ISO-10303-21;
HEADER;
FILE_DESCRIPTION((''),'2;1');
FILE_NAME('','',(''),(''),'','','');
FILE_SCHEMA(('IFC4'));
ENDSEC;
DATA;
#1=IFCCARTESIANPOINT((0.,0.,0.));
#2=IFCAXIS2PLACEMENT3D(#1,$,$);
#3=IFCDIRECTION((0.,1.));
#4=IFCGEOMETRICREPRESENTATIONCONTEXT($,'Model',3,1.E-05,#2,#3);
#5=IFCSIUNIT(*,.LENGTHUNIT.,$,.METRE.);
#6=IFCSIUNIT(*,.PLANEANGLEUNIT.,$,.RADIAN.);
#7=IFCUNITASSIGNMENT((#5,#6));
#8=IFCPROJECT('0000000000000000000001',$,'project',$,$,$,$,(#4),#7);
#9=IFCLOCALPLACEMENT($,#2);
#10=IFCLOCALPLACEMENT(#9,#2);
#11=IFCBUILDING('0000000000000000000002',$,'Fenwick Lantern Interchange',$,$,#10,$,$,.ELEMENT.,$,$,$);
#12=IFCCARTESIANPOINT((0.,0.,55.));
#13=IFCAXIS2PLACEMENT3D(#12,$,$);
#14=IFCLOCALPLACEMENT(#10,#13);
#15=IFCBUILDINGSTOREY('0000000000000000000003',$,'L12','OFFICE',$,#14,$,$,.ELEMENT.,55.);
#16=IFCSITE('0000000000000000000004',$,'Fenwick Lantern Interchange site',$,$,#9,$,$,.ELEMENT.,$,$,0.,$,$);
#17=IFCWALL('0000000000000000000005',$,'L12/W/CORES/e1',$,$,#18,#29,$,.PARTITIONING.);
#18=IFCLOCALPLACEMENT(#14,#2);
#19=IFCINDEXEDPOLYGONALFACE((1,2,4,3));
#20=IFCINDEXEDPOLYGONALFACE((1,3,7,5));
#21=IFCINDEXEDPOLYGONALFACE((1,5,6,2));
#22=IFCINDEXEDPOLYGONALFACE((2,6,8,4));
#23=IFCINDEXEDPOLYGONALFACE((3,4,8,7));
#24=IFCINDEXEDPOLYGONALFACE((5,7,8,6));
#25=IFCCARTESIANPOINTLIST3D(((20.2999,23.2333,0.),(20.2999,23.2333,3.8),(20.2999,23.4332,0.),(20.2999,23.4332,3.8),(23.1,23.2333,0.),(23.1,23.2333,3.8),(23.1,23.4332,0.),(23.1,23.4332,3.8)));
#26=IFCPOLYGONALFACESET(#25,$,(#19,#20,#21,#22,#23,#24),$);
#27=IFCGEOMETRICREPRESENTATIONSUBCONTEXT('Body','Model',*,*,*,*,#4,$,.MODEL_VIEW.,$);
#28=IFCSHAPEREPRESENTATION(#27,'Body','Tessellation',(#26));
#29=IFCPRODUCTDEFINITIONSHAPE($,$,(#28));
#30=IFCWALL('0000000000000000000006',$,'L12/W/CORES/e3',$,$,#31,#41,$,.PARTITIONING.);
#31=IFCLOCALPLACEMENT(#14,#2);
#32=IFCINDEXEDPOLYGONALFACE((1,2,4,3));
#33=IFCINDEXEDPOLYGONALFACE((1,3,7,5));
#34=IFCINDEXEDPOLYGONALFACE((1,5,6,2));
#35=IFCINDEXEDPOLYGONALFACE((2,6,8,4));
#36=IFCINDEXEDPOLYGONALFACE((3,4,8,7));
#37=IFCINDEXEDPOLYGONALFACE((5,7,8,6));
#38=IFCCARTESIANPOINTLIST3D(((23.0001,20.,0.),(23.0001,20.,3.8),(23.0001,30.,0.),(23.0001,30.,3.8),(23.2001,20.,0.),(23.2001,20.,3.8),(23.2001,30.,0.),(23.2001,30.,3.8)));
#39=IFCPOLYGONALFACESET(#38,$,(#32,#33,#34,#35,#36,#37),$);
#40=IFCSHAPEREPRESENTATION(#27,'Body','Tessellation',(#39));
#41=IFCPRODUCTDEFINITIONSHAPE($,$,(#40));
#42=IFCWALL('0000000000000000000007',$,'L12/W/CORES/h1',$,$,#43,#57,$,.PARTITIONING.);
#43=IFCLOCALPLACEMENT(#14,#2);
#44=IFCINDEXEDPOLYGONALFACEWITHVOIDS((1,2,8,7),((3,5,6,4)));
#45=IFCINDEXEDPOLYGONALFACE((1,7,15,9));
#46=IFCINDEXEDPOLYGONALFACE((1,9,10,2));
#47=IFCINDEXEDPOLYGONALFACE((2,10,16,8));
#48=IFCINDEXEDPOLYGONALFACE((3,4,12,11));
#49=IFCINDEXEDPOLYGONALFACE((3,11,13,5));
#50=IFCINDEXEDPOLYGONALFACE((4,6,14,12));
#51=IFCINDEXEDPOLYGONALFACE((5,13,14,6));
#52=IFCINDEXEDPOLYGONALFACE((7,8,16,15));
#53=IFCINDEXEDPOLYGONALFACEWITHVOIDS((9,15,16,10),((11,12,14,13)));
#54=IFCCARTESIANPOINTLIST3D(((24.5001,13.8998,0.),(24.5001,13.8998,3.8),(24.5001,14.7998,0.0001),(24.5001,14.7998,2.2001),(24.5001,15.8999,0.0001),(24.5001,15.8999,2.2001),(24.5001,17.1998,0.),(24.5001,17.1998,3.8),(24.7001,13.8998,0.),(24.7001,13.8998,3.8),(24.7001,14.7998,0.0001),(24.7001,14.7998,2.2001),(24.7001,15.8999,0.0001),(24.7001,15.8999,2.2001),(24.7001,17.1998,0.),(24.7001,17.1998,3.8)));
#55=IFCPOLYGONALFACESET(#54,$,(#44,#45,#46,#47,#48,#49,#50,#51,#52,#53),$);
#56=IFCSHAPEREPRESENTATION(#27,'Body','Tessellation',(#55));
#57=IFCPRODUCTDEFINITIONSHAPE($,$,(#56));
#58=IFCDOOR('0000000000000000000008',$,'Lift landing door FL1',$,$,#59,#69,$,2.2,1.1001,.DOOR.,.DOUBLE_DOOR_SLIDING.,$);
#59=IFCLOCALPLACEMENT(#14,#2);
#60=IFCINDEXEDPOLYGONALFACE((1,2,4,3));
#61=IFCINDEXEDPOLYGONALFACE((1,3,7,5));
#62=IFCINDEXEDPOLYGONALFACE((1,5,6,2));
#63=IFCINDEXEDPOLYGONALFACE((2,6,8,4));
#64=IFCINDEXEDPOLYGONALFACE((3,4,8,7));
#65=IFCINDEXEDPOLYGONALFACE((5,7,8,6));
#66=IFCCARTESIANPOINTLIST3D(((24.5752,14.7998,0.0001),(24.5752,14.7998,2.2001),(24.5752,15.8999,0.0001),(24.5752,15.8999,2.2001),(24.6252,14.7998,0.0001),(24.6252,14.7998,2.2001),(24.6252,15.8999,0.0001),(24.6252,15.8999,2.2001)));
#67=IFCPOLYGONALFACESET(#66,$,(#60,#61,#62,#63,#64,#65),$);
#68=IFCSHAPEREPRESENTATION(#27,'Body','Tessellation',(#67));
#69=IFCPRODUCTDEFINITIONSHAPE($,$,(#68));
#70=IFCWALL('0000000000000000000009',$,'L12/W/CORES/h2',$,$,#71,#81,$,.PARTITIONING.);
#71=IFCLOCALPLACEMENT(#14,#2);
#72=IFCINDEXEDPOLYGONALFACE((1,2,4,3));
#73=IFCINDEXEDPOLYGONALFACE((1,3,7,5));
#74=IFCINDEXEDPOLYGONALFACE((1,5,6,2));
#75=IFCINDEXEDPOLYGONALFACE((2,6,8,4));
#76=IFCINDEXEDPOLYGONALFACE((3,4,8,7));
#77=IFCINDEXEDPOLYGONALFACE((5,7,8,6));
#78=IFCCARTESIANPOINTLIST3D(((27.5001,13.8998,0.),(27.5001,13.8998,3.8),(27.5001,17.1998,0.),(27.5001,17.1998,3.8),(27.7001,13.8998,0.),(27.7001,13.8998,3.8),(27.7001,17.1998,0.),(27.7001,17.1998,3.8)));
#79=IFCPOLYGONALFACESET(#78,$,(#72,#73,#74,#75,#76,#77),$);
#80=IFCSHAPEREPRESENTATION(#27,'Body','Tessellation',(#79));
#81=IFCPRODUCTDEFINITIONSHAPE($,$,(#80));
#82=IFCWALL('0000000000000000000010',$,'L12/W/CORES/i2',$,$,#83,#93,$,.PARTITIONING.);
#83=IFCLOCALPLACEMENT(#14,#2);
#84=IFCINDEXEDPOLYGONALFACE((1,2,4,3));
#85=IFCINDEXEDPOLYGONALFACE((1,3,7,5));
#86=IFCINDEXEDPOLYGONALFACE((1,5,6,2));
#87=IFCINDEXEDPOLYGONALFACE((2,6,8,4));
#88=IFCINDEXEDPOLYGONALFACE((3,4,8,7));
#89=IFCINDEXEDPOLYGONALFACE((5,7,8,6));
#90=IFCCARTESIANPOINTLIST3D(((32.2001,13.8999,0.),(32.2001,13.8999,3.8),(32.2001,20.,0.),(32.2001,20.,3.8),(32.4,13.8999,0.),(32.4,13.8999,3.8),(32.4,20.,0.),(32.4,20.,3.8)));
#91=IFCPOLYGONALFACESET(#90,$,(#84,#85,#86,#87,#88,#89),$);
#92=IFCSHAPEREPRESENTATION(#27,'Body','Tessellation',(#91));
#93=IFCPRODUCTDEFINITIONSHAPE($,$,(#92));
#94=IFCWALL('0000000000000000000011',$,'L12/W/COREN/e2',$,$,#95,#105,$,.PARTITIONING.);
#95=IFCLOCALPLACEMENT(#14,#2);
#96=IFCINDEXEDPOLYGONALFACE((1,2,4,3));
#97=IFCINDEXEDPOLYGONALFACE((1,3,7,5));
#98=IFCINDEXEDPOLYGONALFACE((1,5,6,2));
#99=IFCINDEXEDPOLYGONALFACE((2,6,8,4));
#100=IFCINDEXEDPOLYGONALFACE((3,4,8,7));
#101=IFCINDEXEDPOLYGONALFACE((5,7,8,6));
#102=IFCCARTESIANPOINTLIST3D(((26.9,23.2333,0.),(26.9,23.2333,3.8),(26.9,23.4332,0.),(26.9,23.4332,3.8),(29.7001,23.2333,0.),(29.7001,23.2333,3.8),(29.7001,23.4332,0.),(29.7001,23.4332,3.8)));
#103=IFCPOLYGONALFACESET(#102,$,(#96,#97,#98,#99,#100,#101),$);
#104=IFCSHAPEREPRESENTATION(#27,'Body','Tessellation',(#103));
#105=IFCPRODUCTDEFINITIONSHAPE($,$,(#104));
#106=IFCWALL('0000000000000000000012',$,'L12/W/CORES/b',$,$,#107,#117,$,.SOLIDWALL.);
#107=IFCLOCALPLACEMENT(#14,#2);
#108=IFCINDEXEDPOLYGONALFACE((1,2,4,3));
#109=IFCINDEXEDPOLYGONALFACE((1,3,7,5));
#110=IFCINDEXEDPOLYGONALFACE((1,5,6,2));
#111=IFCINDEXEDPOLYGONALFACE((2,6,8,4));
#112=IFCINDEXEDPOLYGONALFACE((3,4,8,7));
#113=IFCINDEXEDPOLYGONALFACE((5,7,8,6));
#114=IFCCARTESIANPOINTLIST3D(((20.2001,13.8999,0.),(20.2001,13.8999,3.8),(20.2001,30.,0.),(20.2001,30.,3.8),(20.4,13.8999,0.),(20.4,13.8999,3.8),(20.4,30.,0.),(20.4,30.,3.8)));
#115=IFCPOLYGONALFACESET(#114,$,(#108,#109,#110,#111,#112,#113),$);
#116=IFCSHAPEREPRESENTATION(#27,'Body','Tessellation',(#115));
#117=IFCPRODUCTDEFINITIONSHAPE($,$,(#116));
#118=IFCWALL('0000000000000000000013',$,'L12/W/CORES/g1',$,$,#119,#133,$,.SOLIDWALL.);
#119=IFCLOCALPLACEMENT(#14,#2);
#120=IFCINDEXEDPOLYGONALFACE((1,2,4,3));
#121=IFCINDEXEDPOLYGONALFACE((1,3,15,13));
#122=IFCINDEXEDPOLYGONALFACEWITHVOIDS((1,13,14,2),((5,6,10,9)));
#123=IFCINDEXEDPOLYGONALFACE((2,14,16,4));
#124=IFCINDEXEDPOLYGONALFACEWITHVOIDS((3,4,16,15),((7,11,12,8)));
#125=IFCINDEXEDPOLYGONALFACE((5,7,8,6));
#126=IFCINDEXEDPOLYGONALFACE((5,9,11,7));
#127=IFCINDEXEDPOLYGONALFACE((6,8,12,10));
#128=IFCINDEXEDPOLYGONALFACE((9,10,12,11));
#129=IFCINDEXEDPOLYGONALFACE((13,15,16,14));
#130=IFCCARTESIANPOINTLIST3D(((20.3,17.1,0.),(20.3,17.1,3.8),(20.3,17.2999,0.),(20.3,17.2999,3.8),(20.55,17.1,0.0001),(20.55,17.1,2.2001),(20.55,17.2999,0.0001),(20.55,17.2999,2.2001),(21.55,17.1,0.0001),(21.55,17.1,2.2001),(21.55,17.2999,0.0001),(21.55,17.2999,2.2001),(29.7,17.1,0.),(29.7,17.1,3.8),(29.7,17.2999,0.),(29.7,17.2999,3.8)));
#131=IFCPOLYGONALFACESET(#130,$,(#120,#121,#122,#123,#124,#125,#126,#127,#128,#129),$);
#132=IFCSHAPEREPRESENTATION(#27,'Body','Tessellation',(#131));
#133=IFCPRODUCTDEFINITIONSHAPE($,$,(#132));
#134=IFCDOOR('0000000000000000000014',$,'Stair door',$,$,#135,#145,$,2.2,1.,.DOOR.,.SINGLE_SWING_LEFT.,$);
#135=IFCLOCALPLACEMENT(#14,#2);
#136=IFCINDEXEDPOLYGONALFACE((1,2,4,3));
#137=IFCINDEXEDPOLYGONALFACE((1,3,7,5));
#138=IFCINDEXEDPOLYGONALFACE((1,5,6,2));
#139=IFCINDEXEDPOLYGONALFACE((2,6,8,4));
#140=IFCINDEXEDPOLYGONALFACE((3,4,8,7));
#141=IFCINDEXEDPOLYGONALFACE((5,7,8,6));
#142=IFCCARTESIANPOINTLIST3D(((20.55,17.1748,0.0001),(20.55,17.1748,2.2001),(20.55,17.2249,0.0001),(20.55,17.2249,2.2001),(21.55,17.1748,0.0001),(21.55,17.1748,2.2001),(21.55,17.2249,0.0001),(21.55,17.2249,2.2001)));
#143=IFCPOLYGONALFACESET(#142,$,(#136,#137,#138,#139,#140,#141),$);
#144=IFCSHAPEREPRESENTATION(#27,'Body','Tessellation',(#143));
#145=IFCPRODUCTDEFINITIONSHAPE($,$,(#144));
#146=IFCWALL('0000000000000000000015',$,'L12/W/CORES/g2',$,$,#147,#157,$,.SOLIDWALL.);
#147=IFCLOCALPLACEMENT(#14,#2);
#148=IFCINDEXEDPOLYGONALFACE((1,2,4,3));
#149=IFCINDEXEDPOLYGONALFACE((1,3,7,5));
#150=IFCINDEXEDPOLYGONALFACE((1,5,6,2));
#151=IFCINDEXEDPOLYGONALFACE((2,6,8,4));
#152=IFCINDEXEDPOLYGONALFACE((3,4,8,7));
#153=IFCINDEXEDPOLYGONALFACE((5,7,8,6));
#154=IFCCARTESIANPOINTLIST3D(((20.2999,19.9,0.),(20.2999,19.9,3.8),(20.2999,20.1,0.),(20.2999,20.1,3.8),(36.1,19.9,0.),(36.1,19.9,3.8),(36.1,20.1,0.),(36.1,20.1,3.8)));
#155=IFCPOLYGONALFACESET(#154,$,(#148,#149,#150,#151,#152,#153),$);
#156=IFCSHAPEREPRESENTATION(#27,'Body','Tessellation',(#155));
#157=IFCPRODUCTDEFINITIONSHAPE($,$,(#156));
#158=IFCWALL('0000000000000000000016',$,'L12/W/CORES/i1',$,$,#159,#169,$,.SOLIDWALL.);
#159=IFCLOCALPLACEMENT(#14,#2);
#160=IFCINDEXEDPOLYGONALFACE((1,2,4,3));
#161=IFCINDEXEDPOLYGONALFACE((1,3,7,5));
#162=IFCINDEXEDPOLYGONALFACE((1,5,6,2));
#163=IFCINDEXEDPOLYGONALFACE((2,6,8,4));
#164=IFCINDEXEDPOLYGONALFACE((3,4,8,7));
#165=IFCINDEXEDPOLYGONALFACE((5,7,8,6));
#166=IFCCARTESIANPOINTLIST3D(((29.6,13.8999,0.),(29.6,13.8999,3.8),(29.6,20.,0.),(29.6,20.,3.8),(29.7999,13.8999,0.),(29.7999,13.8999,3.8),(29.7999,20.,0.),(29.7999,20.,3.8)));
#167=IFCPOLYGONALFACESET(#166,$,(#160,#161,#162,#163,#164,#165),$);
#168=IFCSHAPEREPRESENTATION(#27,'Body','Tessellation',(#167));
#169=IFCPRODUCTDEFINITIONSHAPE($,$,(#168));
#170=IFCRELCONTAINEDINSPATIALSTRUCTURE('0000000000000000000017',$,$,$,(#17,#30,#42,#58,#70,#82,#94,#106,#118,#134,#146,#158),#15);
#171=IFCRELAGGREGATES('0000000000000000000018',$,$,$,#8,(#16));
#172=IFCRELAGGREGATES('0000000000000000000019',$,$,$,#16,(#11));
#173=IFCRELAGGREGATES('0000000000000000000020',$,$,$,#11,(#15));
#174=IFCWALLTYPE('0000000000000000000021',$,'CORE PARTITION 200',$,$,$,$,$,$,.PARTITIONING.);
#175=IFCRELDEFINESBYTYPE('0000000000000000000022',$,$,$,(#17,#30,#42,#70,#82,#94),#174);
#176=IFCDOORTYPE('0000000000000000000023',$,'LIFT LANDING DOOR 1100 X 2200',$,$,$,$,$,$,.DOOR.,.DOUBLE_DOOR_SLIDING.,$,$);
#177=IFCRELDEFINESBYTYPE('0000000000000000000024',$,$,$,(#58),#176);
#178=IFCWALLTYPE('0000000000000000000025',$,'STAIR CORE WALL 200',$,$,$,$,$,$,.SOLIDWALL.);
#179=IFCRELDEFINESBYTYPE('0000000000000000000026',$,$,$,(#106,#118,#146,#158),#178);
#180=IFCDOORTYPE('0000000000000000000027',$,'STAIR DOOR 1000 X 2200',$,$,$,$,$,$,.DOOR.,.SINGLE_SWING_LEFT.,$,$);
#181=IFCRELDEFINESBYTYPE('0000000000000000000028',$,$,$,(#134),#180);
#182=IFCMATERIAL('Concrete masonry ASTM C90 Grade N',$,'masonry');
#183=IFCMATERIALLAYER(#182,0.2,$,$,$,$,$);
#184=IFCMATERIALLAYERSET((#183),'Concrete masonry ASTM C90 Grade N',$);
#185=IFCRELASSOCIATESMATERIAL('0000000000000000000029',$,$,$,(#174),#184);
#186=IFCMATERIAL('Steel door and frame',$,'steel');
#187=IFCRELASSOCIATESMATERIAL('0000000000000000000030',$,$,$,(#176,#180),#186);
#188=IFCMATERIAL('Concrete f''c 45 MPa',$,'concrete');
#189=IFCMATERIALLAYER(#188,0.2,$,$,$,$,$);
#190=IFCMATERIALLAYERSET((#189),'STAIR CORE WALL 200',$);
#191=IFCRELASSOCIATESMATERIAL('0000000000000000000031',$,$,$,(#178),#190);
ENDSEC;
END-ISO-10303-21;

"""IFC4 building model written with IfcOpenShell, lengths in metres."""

from ifc_helpers import new_model, si_unit, direction, frame, frame_2d, origin, place, context, subcontext, project, spatial, rectangle, extrude, material, layer, layer_set, type_object, element, fill, save


model = new_model("IFC4")

# Units and contexts
model_context = context("Model", 3, precision=1e-05, world=origin(), true_north=direction((0.0, 1.0)))
body_context = subcontext(model_context, "Body", "Model", "MODEL_VIEW")
ifc_project = project(units=[si_unit("LENGTHUNIT", "METRE"), si_unit("PLANEANGLEUNIT", "RADIAN")], contexts=[model_context])

# Site, building, storey
site_placement = place(None, origin())
site = spatial("IfcSite", under=ifc_project, at=site_placement, Name="Fenwick Lantern Interchange site", CompositionType="ELEMENT", RefElevation=0.0)
building_placement = place(site_placement, origin())
building = spatial("IfcBuilding", under=site, at=building_placement, Name="Fenwick Lantern Interchange", CompositionType="ELEMENT")
storey_placement = place(building_placement, frame((0.0, 0.0, 55.0)))
storey = spatial("IfcBuildingStorey", under=building, at=storey_placement, Name="L12", Description="OFFICE", CompositionType="ELEMENT", Elevation=55.0)

# Walls
ifc_material_1 = material(Name="Concrete masonry ASTM C90 Grade N", Category="masonry")
ifc_layer_1 = layer(ifc_material_1, 0.2)
ifc_layer_set_1 = layer_set([ifc_layer_1], Name="Concrete masonry ASTM C90 Grade N")
wall_type_1 = type_object("IfcWallType", Name="CORE PARTITION 200", PredefinedType="PARTITIONING", material=ifc_layer_set_1)
wall_1_placement = place(storey_placement, frame((20.3, 23.3333, 0.0), z_axis=(0.0, 0.0, 1.0), x_axis=(1.0, 0.0, 0.0)))
element("IfcWall", 1, at=wall_1_placement, inside=storey, type_object=wall_type_1, Name="L12/W/CORES/e1", PredefinedType="PARTITIONING", context=body_context, shape_type="SweptSolid", body=[
    extrude(rectangle(XDim=2.8, YDim=0.2, at=frame_2d((1.3999, 0.0))), origin(), (0.0, 0.0, 1.0), 3.8),
])
wall_2_placement = place(storey_placement, frame((23.1001, 20.0, 0.0), z_axis=(0.0, 0.0, 1.0), x_axis=(0.0, 1.0, 0.0)))
element("IfcWall", 2, at=wall_2_placement, inside=storey, type_object=wall_type_1, Name="L12/W/CORES/e3", PredefinedType="PARTITIONING", context=body_context, shape_type="SweptSolid", body=[
    extrude(rectangle(XDim=10.0, YDim=0.2, at=frame_2d((5.0, 0.0))), origin(), (0.0, 0.0, 1.0), 3.8),
])

# Wall, opening, door
wall_3_placement = place(storey_placement, frame((24.6001, 13.8999, 0.0), z_axis=(0.0, 0.0, 1.0), x_axis=(0.0, 1.0, 0.0)))
wall_3 = element("IfcWall", 3, at=wall_3_placement, inside=storey, type_object=wall_type_1, Name="L12/W/CORES/h1", PredefinedType="PARTITIONING", context=body_context, shape_type="SweptSolid", body=[
    extrude(rectangle(XDim=3.3, YDim=0.2, at=frame_2d((1.6499, 0.0))), origin(), (0.0, 0.0, 1.0), 3.8),
])
opening_1_placement = place(wall_3_placement, frame((0.8999, 0.0, 0.0)))
opening_1 = element("IfcOpeningElement", 4, at=opening_1_placement, cuts=wall_3, PredefinedType="OPENING", context=body_context, shape_type="SweptSolid", body=[
    extrude(rectangle(XDim=1.1001, YDim=2.2, at=frame_2d((0.55, 1.1001))), frame((0.0, 0.1099, 0.0), z_axis=(0.0, -1.0, 0.0), x_axis=(1.0, 0.0, 0.0)), (0.0, 0.0, 1.0), 0.22),
])
ifc_material_2 = material(Name="Steel door and frame", Category="steel")
door_type_1 = type_object("IfcDoorType", Name="LIFT LANDING DOOR 1100 X 2200", OperationType="DOUBLE_DOOR_SLIDING", PredefinedType="DOOR", material=ifc_material_2)
door_1_placement = place(opening_1_placement, origin())
door_1 = element("IfcDoor", 5, at=door_1_placement, inside=storey, type_object=door_type_1, Name="Lift landing door FL1", OperationType="DOUBLE_DOOR_SLIDING", OverallHeight=2.2, OverallWidth=1.1001, PredefinedType="DOOR", context=body_context, shape_type="SweptSolid", body=[
    extrude(rectangle(XDim=1.1001, YDim=2.2, at=frame_2d((0.55, 1.1001))), frame((0.0, 0.0249, 0.0), z_axis=(0.0, -1.0, 0.0), x_axis=(1.0, 0.0, 0.0)), (0.0, 0.0, 1.0), 0.05),
])
fill(opening_1, door_1)

# Walls
wall_4_placement = place(storey_placement, frame((27.6001, 13.8999, 0.0), z_axis=(0.0, 0.0, 1.0), x_axis=(0.0, 1.0, 0.0)))
element("IfcWall", 6, at=wall_4_placement, inside=storey, type_object=wall_type_1, Name="L12/W/CORES/h2", PredefinedType="PARTITIONING", context=body_context, shape_type="SweptSolid", body=[
    extrude(rectangle(XDim=3.3, YDim=0.2, at=frame_2d((1.6499, 0.0))), origin(), (0.0, 0.0, 1.0), 3.8),
])
wall_5_placement = place(storey_placement, frame((32.3, 13.8999, 0.0), z_axis=(0.0, 0.0, 1.0), x_axis=(0.0, 1.0, 0.0)))
element("IfcWall", 7, at=wall_5_placement, inside=storey, type_object=wall_type_1, Name="L12/W/CORES/i2", PredefinedType="PARTITIONING", context=body_context, shape_type="SweptSolid", body=[
    extrude(rectangle(XDim=6.1001, YDim=0.2, at=frame_2d((3.05, 0.0))), origin(), (0.0, 0.0, 1.0), 3.8),
])
wall_6_placement = place(storey_placement, frame((29.7, 23.3333, 0.0), z_axis=(0.0, 0.0, 1.0), x_axis=(-1.0, 0.0, 0.0)))
element("IfcWall", 8, at=wall_6_placement, inside=storey, type_object=wall_type_1, Name="L12/W/COREN/e2", PredefinedType="PARTITIONING", context=body_context, shape_type="SweptSolid", body=[
    extrude(rectangle(XDim=2.8, YDim=0.2, at=frame_2d((1.3999, 0.0))), origin(), (0.0, 0.0, 1.0), 3.8),
])
ifc_material_3 = material(Name="Concrete f'c 45 MPa", Category="concrete")
ifc_layer_2 = layer(ifc_material_3, 0.2)
ifc_layer_set_2 = layer_set([ifc_layer_2], Name="STAIR CORE WALL 200")
wall_type_2 = type_object("IfcWallType", Name="STAIR CORE WALL 200", PredefinedType="SOLIDWALL", material=ifc_layer_set_2)
wall_7_placement = place(storey_placement, frame((20.3, 13.8999, 0.0), z_axis=(0.0, 0.0, 1.0), x_axis=(0.0, 1.0, 0.0)))
element("IfcWall", 9, at=wall_7_placement, inside=storey, type_object=wall_type_2, Name="L12/W/CORES/b", PredefinedType="SOLIDWALL", context=body_context, shape_type="SweptSolid", body=[
    extrude(rectangle(XDim=16.1001, YDim=0.2, at=frame_2d((8.05, 0.0))), origin(), (0.0, 0.0, 1.0), 3.8),
])

# Wall, opening, door
wall_8_placement = place(storey_placement, frame((20.3, 17.2, 0.0), z_axis=(0.0, 0.0, 1.0), x_axis=(1.0, 0.0, 0.0)))
wall_8 = element("IfcWall", 10, at=wall_8_placement, inside=storey, type_object=wall_type_2, Name="L12/W/CORES/g1", PredefinedType="SOLIDWALL", context=body_context, shape_type="SweptSolid", body=[
    extrude(rectangle(XDim=9.3999, YDim=0.2, at=frame_2d((4.7, 0.0))), origin(), (0.0, 0.0, 1.0), 3.8),
])
opening_2_placement = place(wall_8_placement, frame((0.25, 0.0, 0.0)))
opening_2 = element("IfcOpeningElement", 11, at=opening_2_placement, cuts=wall_8, PredefinedType="OPENING", context=body_context, shape_type="SweptSolid", body=[
    extrude(rectangle(XDim=1.0, YDim=2.2, at=frame_2d((0.5, 1.1001))), frame((0.0, 0.1099, 0.0), z_axis=(0.0, -1.0, 0.0), x_axis=(1.0, 0.0, 0.0)), (0.0, 0.0, 1.0), 0.22),
])
door_type_2 = type_object("IfcDoorType", Name="STAIR DOOR 1000 X 2200", OperationType="SINGLE_SWING_LEFT", PredefinedType="DOOR", material=ifc_material_2)
door_2_placement = place(opening_2_placement, origin())
door_2 = element("IfcDoor", 12, at=door_2_placement, inside=storey, type_object=door_type_2, Name="Stair door", OperationType="SINGLE_SWING_LEFT", OverallHeight=2.2, OverallWidth=1.0, PredefinedType="DOOR", context=body_context, shape_type="SweptSolid", body=[
    extrude(rectangle(XDim=1.0, YDim=2.2, at=frame_2d((0.5, 1.1001))), frame((0.0, 0.0249, 0.0), z_axis=(0.0, -1.0, 0.0), x_axis=(1.0, 0.0, 0.0)), (0.0, 0.0, 1.0), 0.05),
])
fill(opening_2, door_2)

# Walls
wall_9_placement = place(storey_placement, frame((20.3, 20.0, 0.0), z_axis=(0.0, 0.0, 1.0), x_axis=(1.0, 0.0, 0.0)))
element("IfcWall", 13, at=wall_9_placement, inside=storey, type_object=wall_type_2, Name="L12/W/CORES/g2", PredefinedType="SOLIDWALL", context=body_context, shape_type="SweptSolid", body=[
    extrude(rectangle(XDim=15.8, YDim=0.2, at=frame_2d((7.8999, 0.0))), origin(), (0.0, 0.0, 1.0), 3.8),
])
wall_10_placement = place(storey_placement, frame((29.7, 13.8999, 0.0), z_axis=(0.0, 0.0, 1.0), x_axis=(0.0, 1.0, 0.0)))
element("IfcWall", 14, at=wall_10_placement, inside=storey, type_object=wall_type_2, Name="L12/W/CORES/i1", PredefinedType="SOLIDWALL", context=body_context, shape_type="SweptSolid", body=[
    extrude(rectangle(XDim=6.1001, YDim=0.2, at=frame_2d((3.05, 0.0))), origin(), (0.0, 0.0, 1.0), 3.8),
])

save(model, "model.ifc")
